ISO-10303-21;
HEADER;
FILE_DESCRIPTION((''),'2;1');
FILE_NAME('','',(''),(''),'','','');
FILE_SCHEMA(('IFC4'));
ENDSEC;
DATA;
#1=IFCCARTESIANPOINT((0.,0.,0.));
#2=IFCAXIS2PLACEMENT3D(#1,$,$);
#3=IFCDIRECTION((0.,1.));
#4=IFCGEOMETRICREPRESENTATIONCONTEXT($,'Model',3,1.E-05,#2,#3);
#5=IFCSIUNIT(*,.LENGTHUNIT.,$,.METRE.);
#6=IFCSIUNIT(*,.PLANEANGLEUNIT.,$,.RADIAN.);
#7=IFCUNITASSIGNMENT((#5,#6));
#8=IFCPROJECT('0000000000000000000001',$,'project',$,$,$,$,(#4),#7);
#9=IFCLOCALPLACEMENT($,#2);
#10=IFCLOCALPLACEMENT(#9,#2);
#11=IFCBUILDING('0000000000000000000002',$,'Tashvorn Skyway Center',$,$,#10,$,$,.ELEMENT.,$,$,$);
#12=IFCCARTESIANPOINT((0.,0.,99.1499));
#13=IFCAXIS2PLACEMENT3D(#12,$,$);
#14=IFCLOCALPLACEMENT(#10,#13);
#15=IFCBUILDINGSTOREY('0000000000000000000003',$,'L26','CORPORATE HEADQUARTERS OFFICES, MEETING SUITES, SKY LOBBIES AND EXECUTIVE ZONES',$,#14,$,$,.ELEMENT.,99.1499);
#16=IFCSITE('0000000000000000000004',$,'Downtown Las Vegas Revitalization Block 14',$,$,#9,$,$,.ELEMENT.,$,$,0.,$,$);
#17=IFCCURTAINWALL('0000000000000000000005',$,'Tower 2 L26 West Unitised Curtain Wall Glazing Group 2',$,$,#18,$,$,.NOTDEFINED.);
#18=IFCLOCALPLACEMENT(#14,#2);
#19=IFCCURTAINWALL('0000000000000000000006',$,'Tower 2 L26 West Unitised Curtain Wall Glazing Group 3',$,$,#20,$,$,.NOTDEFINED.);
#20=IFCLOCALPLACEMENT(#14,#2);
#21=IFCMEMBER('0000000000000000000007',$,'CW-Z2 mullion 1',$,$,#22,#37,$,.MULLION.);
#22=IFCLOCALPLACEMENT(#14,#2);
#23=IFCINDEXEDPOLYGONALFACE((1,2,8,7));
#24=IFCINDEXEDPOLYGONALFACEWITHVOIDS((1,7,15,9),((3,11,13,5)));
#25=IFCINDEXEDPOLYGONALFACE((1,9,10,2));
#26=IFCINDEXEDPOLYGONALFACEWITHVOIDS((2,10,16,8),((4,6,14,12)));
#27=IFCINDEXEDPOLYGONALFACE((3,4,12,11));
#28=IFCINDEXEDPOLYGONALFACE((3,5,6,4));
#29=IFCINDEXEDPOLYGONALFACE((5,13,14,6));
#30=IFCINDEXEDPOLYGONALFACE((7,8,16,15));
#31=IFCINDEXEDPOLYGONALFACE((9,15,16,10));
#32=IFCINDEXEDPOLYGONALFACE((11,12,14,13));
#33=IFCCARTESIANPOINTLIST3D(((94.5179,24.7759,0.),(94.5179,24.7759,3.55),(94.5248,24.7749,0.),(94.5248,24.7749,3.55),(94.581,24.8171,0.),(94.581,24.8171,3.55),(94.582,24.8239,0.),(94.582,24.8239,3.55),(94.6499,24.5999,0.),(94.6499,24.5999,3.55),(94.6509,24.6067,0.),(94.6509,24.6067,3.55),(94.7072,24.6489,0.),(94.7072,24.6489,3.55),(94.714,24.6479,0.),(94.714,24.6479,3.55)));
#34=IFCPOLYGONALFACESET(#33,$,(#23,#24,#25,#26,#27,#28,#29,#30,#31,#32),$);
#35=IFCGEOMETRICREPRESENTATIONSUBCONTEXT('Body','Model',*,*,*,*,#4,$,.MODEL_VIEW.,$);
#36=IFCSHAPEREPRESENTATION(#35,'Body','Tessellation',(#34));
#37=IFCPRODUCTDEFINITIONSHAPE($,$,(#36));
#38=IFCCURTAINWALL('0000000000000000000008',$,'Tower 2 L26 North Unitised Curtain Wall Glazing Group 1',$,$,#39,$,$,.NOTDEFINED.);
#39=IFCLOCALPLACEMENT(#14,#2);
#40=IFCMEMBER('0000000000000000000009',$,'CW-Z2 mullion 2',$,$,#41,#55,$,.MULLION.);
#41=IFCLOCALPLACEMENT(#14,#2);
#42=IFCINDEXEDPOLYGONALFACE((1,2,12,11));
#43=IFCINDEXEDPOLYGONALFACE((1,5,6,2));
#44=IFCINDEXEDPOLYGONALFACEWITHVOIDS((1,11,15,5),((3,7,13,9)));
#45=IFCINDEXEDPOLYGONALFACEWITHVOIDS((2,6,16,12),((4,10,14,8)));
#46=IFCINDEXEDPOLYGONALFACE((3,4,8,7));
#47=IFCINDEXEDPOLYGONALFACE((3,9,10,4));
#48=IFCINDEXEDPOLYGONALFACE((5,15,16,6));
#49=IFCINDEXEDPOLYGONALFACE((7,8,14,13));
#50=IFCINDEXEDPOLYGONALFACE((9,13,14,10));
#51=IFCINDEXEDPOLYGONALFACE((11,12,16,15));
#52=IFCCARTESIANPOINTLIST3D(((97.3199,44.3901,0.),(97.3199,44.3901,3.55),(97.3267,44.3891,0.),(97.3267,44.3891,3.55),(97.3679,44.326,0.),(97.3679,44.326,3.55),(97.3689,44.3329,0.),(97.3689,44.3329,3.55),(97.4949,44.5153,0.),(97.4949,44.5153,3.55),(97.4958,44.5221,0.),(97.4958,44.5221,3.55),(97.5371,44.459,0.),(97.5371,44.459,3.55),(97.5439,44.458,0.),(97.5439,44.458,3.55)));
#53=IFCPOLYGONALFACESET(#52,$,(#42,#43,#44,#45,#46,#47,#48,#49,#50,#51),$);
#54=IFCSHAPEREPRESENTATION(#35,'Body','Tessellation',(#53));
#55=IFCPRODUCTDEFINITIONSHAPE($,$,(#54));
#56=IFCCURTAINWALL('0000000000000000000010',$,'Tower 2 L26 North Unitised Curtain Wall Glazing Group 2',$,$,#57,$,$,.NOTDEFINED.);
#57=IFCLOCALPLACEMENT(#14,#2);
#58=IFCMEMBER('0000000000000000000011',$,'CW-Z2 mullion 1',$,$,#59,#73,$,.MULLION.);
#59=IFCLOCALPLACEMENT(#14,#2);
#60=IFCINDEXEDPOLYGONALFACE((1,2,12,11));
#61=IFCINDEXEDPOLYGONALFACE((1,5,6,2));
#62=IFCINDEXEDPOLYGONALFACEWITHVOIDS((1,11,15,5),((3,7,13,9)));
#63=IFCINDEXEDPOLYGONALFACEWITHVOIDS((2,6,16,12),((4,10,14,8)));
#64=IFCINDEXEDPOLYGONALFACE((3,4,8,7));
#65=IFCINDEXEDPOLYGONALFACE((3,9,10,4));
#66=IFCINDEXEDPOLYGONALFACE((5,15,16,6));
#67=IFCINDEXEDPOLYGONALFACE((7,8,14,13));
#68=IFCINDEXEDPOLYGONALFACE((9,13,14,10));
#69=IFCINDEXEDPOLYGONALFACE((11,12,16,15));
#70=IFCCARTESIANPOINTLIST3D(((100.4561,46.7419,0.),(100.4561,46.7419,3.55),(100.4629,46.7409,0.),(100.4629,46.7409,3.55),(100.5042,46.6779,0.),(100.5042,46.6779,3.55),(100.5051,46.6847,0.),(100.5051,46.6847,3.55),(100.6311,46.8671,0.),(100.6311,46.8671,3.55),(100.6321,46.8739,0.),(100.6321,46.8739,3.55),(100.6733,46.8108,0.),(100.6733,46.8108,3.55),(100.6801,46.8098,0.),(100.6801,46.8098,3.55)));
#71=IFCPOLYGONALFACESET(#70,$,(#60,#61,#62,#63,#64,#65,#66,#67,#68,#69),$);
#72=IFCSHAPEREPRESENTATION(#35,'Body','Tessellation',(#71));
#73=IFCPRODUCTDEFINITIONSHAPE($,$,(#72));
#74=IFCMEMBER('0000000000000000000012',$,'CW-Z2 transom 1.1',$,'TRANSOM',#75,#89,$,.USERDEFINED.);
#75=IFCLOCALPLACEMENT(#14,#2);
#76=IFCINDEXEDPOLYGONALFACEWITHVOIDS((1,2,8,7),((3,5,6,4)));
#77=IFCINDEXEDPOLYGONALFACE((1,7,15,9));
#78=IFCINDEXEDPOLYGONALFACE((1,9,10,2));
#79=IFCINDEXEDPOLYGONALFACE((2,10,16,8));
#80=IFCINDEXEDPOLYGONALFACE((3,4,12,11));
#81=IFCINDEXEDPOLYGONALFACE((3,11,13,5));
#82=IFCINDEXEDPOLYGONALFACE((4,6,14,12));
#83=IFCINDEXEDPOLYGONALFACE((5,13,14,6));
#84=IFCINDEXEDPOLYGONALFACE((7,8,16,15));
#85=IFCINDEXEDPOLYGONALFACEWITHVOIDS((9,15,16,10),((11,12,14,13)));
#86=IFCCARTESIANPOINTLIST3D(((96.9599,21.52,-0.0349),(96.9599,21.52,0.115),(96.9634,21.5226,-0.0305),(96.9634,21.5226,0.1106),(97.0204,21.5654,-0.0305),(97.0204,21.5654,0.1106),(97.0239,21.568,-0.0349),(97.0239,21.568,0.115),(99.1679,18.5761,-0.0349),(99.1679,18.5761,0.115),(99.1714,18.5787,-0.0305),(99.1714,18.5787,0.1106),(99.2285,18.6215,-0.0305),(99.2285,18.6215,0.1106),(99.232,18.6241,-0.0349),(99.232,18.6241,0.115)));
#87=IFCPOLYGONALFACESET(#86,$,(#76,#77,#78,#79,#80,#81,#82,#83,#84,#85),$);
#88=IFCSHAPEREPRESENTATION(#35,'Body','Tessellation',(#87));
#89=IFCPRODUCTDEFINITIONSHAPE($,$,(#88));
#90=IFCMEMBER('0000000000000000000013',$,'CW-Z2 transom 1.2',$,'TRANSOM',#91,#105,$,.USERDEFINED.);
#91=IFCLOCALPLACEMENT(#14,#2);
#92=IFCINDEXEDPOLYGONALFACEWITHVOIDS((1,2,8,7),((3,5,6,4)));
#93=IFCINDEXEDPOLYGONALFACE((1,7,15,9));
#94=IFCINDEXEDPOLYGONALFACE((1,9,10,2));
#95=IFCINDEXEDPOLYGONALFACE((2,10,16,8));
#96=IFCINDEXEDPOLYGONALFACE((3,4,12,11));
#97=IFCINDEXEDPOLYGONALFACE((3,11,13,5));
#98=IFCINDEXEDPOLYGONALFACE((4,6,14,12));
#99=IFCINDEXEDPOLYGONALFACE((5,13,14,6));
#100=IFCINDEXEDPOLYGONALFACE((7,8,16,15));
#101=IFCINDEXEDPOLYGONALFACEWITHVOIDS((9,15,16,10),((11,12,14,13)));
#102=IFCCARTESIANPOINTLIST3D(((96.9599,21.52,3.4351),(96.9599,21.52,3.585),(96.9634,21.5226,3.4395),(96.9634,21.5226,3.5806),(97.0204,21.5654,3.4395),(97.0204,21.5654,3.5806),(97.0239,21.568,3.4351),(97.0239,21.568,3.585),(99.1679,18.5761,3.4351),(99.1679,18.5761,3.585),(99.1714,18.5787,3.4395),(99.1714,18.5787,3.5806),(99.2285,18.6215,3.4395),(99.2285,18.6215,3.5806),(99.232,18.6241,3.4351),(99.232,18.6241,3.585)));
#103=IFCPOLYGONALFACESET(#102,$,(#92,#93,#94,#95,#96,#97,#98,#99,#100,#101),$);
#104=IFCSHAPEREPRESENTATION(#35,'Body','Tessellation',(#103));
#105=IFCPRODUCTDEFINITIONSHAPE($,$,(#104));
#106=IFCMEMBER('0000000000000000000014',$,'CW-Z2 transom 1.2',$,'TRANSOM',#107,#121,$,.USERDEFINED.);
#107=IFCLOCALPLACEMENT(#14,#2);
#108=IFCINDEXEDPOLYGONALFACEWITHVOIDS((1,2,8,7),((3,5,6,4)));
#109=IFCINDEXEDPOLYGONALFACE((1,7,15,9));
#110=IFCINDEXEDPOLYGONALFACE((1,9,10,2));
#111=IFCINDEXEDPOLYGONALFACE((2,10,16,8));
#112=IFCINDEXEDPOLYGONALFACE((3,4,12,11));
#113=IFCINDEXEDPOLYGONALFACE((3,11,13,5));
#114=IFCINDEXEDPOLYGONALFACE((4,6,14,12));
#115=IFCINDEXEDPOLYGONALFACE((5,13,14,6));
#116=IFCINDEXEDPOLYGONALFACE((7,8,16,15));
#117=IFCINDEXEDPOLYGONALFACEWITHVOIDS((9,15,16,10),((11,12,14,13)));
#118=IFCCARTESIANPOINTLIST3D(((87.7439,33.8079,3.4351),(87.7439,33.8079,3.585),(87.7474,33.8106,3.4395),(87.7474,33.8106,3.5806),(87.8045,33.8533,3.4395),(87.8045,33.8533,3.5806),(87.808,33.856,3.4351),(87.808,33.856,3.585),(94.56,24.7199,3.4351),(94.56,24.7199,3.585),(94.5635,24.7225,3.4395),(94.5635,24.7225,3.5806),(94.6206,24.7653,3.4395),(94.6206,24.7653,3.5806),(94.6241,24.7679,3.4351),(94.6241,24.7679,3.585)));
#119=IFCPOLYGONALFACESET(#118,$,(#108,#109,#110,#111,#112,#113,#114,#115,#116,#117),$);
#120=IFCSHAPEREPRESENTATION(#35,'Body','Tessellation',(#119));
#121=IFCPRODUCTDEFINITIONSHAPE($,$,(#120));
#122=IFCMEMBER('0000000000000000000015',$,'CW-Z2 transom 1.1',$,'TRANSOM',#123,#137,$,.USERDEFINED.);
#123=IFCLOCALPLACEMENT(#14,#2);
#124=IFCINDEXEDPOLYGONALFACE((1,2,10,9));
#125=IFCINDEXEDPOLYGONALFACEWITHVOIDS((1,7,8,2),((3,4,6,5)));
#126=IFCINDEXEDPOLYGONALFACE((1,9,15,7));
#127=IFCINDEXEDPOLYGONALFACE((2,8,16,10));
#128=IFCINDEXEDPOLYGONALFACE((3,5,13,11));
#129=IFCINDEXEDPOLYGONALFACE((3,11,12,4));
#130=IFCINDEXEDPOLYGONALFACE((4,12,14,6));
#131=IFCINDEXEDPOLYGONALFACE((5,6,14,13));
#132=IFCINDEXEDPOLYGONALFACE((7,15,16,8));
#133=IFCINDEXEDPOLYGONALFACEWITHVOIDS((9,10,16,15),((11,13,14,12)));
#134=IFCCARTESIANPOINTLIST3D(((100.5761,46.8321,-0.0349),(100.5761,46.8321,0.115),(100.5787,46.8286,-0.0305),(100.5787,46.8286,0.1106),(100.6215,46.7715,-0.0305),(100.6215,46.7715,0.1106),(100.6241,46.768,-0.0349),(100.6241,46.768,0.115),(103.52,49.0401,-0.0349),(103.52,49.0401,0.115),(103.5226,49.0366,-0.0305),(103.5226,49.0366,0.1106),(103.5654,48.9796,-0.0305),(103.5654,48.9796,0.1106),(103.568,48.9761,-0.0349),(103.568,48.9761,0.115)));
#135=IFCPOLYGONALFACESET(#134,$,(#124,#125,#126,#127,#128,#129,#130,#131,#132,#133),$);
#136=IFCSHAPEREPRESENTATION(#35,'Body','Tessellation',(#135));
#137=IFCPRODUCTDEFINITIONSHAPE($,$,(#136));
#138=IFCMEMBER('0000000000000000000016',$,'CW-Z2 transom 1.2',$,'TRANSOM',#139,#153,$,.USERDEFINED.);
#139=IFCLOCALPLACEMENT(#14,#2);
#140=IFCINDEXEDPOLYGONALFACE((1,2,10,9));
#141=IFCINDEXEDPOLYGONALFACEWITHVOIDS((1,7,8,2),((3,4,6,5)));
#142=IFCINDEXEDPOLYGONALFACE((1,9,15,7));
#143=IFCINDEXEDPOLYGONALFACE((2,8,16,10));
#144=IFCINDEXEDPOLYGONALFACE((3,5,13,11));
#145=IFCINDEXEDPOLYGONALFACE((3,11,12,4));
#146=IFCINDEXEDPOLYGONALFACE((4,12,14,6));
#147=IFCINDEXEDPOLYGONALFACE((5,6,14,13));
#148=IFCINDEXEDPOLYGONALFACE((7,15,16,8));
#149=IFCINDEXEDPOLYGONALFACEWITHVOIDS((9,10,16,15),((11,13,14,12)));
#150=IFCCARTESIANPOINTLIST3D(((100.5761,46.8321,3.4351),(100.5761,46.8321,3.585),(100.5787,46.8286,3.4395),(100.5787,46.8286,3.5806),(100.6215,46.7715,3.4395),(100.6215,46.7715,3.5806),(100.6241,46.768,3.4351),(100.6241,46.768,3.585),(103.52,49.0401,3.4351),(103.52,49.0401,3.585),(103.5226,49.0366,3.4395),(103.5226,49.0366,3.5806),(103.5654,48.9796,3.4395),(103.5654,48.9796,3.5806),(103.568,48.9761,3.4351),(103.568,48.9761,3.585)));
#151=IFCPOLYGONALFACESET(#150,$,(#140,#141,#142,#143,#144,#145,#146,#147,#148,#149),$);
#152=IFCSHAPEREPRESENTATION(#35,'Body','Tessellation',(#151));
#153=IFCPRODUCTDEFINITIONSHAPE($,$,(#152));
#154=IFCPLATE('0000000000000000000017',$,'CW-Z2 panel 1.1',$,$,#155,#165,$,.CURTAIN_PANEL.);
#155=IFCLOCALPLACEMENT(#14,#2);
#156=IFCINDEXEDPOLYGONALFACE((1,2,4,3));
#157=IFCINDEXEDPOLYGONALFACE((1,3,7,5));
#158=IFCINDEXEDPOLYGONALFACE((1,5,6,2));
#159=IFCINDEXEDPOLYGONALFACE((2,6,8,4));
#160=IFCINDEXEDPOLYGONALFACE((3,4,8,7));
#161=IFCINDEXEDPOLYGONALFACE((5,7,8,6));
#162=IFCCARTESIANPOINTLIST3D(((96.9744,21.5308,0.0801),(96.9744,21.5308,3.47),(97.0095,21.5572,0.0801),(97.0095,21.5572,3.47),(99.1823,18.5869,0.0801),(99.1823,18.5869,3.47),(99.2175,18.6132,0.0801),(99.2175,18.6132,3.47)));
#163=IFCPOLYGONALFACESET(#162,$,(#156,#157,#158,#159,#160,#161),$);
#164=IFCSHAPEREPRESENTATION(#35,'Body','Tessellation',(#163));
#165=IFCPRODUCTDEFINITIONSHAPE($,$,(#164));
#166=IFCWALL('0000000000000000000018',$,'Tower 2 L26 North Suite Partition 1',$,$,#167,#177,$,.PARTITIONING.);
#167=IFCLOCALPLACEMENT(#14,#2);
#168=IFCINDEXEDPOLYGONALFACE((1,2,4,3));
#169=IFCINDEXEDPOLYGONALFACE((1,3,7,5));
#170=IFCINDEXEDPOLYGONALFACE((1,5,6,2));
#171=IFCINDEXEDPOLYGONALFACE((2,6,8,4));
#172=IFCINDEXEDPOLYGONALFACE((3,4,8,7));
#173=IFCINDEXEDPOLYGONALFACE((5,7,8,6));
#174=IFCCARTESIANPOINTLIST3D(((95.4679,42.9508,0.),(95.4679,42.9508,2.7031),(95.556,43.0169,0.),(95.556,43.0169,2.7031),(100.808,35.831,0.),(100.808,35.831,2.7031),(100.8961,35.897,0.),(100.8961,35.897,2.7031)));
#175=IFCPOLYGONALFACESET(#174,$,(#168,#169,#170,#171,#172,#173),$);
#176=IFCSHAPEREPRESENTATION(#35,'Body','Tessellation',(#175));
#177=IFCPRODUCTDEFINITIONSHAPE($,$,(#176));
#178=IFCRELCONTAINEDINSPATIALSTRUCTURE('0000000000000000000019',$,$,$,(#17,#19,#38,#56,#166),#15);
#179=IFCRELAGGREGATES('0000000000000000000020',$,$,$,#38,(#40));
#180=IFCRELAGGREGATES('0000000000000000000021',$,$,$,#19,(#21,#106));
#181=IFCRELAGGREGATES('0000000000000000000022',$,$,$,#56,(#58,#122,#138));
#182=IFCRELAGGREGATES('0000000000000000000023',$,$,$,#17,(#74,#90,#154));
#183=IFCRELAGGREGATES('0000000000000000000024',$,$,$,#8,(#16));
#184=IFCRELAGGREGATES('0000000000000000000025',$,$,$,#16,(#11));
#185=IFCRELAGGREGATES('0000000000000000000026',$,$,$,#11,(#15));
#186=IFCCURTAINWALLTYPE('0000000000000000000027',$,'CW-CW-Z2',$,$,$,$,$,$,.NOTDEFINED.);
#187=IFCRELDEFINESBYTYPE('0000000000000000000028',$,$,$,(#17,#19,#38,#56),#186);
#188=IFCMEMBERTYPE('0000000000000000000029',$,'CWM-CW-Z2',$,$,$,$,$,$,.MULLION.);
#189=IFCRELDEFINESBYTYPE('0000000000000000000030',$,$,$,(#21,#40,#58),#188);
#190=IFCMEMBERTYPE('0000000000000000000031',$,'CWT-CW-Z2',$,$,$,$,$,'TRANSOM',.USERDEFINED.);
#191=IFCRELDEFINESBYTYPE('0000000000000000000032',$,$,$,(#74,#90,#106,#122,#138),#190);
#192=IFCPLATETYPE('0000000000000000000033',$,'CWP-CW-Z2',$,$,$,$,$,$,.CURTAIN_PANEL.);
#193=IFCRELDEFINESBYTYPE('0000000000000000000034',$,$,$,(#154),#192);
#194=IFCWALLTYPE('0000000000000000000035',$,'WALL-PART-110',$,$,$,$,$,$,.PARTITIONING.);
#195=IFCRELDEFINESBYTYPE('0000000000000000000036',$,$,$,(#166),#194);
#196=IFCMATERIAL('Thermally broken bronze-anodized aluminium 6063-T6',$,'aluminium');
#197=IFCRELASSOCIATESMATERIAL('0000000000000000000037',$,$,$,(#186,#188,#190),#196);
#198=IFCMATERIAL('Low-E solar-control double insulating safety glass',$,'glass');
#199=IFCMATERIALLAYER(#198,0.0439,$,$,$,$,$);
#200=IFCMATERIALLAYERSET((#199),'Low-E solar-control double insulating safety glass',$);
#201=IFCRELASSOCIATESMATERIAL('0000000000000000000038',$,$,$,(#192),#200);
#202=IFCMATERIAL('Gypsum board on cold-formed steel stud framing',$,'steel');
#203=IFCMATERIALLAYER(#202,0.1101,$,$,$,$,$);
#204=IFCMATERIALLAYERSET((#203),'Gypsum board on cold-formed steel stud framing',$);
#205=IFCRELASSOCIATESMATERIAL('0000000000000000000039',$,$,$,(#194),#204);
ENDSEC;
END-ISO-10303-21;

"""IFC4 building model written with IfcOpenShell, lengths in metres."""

from ifc_helpers import new_model, si_unit, direction, frame, frame_2d, origin, origin_2d, place, context, subcontext, project, spatial, rectangle, hollow_rectangle, extrude, material, layer, layer_set, material_profile, profile_set, type_object, element, aggregate, save


model = new_model("IFC4")

# Units and contexts
model_context = context("Model", 3, precision=1e-05, world=origin(), true_north=direction((0.0, 1.0)))
body_context = subcontext(model_context, "Body", "Model", "MODEL_VIEW")
ifc_project = project(units=[si_unit("LENGTHUNIT", "METRE"), si_unit("PLANEANGLEUNIT", "RADIAN")], contexts=[model_context])

# Site, building, storey
site_placement = place(None, origin())
site = spatial("IfcSite", under=ifc_project, at=site_placement, Name="Downtown Las Vegas Revitalization Block 14", CompositionType="ELEMENT", RefElevation=0.0)
building_placement = place(site_placement, origin())
building = spatial("IfcBuilding", under=site, at=building_placement, Name="Tashvorn Skyway Center", CompositionType="ELEMENT")
storey_placement = place(building_placement, frame((0.0, 0.0, 99.1499)))
storey = spatial("IfcBuildingStorey", under=building, at=storey_placement, Name="L26", Description="CORPORATE HEADQUARTERS OFFICES, MEETING SUITES, SKY LOBBIES AND EXECUTIVE ZONES", CompositionType="ELEMENT", Elevation=99.1499)

# Shared definitions
ifc_material_1 = material(Name="Thermally broken bronze-anodized aluminium 6063-T6", Category="aluminium")
curtain_wall_type = type_object("IfcCurtainWallType", Name="CW-CW-Z2", PredefinedType="NOTDEFINED", material=ifc_material_1)
ifc_material_profile_1 = material_profile(ifc_material_1, hollow_rectangle(XDim=0.0801, YDim=0.22, WallThickness=0.0049, at=origin_2d()), Name="ALU-MULL-80x220")
ifc_profile_set_1 = profile_set([ifc_material_profile_1], Name="Thermally broken bronze-anodized aluminium 6063-T6")
member_type_1 = type_object("IfcMemberType", Name="CWM-CW-Z2", PredefinedType="MULLION", material=ifc_profile_set_1)

# Curtain wall
curtain_wall_1_placement = place(storey_placement, origin())
curtain_wall_1 = element("IfcCurtainWall", 1, at=curtain_wall_1_placement, inside=storey, type_object=curtain_wall_type, Name="Tower 2 L26 West Unitised Curtain Wall Glazing Group 2", PredefinedType="NOTDEFINED")

# Curtain walls, members
curtain_wall_2_placement = place(storey_placement, origin())
curtain_wall_2 = element("IfcCurtainWall", 2, at=curtain_wall_2_placement, inside=storey, type_object=curtain_wall_type, Name="Tower 2 L26 West Unitised Curtain Wall Glazing Group 3", PredefinedType="NOTDEFINED")
member_1_placement = place(storey_placement, frame((94.616, 24.7119, 0.0), z_axis=(0.0, 0.0, 1.0), x_axis=(-0.8, -0.6, 0.0)))
member_1 = element("IfcMember", 3, at=member_1_placement, type_object=member_type_1, Name="CW-Z2 mullion 1", PredefinedType="MULLION", context=body_context, shape_type="SweptSolid", body=[
    extrude(hollow_rectangle(XDim=0.0801, YDim=0.22, WallThickness=0.0049, at=origin_2d()), origin(), (0.0, 0.0, 1.0), 3.55),
])
curtain_wall_3_placement = place(storey_placement, origin())
curtain_wall_3 = element("IfcCurtainWall", 4, at=curtain_wall_3_placement, inside=storey, type_object=curtain_wall_type, Name="Tower 2 L26 North Unitised Curtain Wall Glazing Group 1", PredefinedType="NOTDEFINED")
member_2_placement = place(storey_placement, frame((97.4319, 44.4241, 0.0), z_axis=(0.0, 0.0, 1.0), x_axis=(-0.6, 0.8, 0.0)))
member_2 = element("IfcMember", 5, at=member_2_placement, type_object=member_type_1, Name="CW-Z2 mullion 2", PredefinedType="MULLION", context=body_context, shape_type="SweptSolid", body=[
    extrude(hollow_rectangle(XDim=0.0801, YDim=0.22, WallThickness=0.0049, at=origin_2d()), origin(), (0.0, 0.0, 1.0), 3.55),
])
aggregate(curtain_wall_3, [member_2])
curtain_wall_4_placement = place(storey_placement, origin())
curtain_wall_4 = element("IfcCurtainWall", 6, at=curtain_wall_4_placement, inside=storey, type_object=curtain_wall_type, Name="Tower 2 L26 North Unitised Curtain Wall Glazing Group 2", PredefinedType="NOTDEFINED")
member_3_placement = place(storey_placement, frame((100.5681, 46.7759, 0.0), z_axis=(0.0, 0.0, 1.0), x_axis=(-0.6, 0.8, 0.0)))
member_3 = element("IfcMember", 7, at=member_3_placement, type_object=member_type_1, Name="CW-Z2 mullion 1", PredefinedType="MULLION", context=body_context, shape_type="SweptSolid", body=[
    extrude(hollow_rectangle(XDim=0.0801, YDim=0.22, WallThickness=0.0049, at=origin_2d()), origin(), (0.0, 0.0, 1.0), 3.55),
])

# Members
ifc_material_profile_2 = material_profile(ifc_material_1, hollow_rectangle(XDim=0.0801, YDim=0.1499, WallThickness=0.0044, at=origin_2d()), Name="ALU-TRAN-80x150")
ifc_profile_set_2 = profile_set([ifc_material_profile_2], Name="Thermally broken bronze-anodized aluminium 6063-T6")
member_type_2 = type_object("IfcMemberType", Name="CWT-CW-Z2", ElementType="TRANSOM", PredefinedType="USERDEFINED", material=ifc_profile_set_2)
member_4_placement = place(storey_placement, frame((99.2, 18.6001, 0.04), z_axis=(-0.600021, 0.799984, 0.0), x_axis=(-0.799984, -0.600021, 0.0)))
member_4 = element("IfcMember", 8, at=member_4_placement, type_object=member_type_2, Name="CW-Z2 transom 1.1", ObjectType="TRANSOM", PredefinedType="USERDEFINED", context=body_context, shape_type="SweptSolid", body=[
    extrude(hollow_rectangle(XDim=0.0801, YDim=0.1499, WallThickness=0.0044, at=origin_2d()), origin(), (0.0, 0.0, 1.0), 3.6799),
])
member_5_placement = place(storey_placement, frame((99.2, 18.6001, 3.51), z_axis=(-0.600021, 0.799984, 0.0), x_axis=(-0.799984, -0.600021, 0.0)))
member_5 = element("IfcMember", 9, at=member_5_placement, type_object=member_type_2, Name="CW-Z2 transom 1.2", ObjectType="TRANSOM", PredefinedType="USERDEFINED", context=body_context, shape_type="SweptSolid", body=[
    extrude(hollow_rectangle(XDim=0.0801, YDim=0.1499, WallThickness=0.0044, at=origin_2d()), origin(), (0.0, 0.0, 1.0), 3.6799),
])
member_6_placement = place(storey_placement, frame((94.592, 24.7439, 3.51), z_axis=(-0.600003, 0.799997, 0.0), x_axis=(-0.799997, -0.600003, 0.0)))
member_6 = element("IfcMember", 10, at=member_6_placement, type_object=member_type_2, Name="CW-Z2 transom 1.2", ObjectType="TRANSOM", PredefinedType="USERDEFINED", context=body_context, shape_type="SweptSolid", body=[
    extrude(hollow_rectangle(XDim=0.0801, YDim=0.1499, WallThickness=0.0044, at=origin_2d()), origin(), (0.0, 0.0, 1.0), 11.3601),
])
aggregate(curtain_wall_2, [member_1, member_6])
member_7_placement = place(storey_placement, frame((100.6001, 46.8, 0.04), z_axis=(0.799984, 0.600021, 0.0), x_axis=(-0.600021, 0.799984, 0.0)))
member_7 = element("IfcMember", 11, at=member_7_placement, type_object=member_type_2, Name="CW-Z2 transom 1.1", ObjectType="TRANSOM", PredefinedType="USERDEFINED", context=body_context, shape_type="SweptSolid", body=[
    extrude(hollow_rectangle(XDim=0.0801, YDim=0.1499, WallThickness=0.0044, at=origin_2d()), origin(), (0.0, 0.0, 1.0), 3.6799),
])
member_8_placement = place(storey_placement, frame((100.6001, 46.8, 3.51), z_axis=(0.799984, 0.600021, 0.0), x_axis=(-0.600021, 0.799984, 0.0)))
member_8 = element("IfcMember", 12, at=member_8_placement, type_object=member_type_2, Name="CW-Z2 transom 1.2", ObjectType="TRANSOM", PredefinedType="USERDEFINED", context=body_context, shape_type="SweptSolid", body=[
    extrude(hollow_rectangle(XDim=0.0801, YDim=0.1499, WallThickness=0.0044, at=origin_2d()), origin(), (0.0, 0.0, 1.0), 3.6799),
])
aggregate(curtain_wall_4, [member_3, member_7, member_8])

# Plate
ifc_material_2 = material(Name="Low-E solar-control double insulating safety glass", Category="glass")
ifc_layer_1 = layer(ifc_material_2, 0.0439)
ifc_layer_set_1 = layer_set([ifc_layer_1], Name="Low-E solar-control double insulating safety glass")
plate_type = type_object("IfcPlateType", Name="CWP-CW-Z2", PredefinedType="CURTAIN_PANEL", material=ifc_layer_set_1)
plate_placement = place(storey_placement, frame((98.0959, 20.072, 0.0801), z_axis=(0.0, 0.0, 1.0), x_axis=(-0.6, 0.8, 0.0)))
plate = element("IfcPlate", 13, at=plate_placement, type_object=plate_type, Name="CW-Z2 panel 1.1", PredefinedType="CURTAIN_PANEL", context=body_context, shape_type="SweptSolid", body=[
    extrude(rectangle(XDim=3.6799, YDim=0.0439, at=origin_2d()), origin(), (0.0, 0.0, 1.0), 3.3899),
])
aggregate(curtain_wall_1, [member_4, member_5, plate])

# Wall
ifc_material_3 = material(Name="Gypsum board on cold-formed steel stud framing", Category="steel")
ifc_layer_2 = layer(ifc_material_3, 0.1101)
ifc_layer_set_2 = layer_set([ifc_layer_2], Name="Gypsum board on cold-formed steel stud framing")
wall_type_1 = type_object("IfcWallType", Name="WALL-PART-110", PredefinedType="PARTITIONING", material=ifc_layer_set_2)
wall_1_placement = place(storey_placement, frame((100.8521, 35.864, 0.0), z_axis=(0.0, 0.0, 1.0), x_axis=(-0.600013, 0.79999, 0.0)))
element("IfcWall", 14, at=wall_1_placement, inside=storey, type_object=wall_type_1, Name="Tower 2 L26 North Suite Partition 1", PredefinedType="PARTITIONING", context=body_context, shape_type="SweptSolid", body=[
    extrude(rectangle(XDim=8.8999, YDim=0.1101, at=frame_2d((4.45, 0.0))), origin(), (0.0, 0.0, 1.0), 2.7031),
])

save(model, "model.ifc")
